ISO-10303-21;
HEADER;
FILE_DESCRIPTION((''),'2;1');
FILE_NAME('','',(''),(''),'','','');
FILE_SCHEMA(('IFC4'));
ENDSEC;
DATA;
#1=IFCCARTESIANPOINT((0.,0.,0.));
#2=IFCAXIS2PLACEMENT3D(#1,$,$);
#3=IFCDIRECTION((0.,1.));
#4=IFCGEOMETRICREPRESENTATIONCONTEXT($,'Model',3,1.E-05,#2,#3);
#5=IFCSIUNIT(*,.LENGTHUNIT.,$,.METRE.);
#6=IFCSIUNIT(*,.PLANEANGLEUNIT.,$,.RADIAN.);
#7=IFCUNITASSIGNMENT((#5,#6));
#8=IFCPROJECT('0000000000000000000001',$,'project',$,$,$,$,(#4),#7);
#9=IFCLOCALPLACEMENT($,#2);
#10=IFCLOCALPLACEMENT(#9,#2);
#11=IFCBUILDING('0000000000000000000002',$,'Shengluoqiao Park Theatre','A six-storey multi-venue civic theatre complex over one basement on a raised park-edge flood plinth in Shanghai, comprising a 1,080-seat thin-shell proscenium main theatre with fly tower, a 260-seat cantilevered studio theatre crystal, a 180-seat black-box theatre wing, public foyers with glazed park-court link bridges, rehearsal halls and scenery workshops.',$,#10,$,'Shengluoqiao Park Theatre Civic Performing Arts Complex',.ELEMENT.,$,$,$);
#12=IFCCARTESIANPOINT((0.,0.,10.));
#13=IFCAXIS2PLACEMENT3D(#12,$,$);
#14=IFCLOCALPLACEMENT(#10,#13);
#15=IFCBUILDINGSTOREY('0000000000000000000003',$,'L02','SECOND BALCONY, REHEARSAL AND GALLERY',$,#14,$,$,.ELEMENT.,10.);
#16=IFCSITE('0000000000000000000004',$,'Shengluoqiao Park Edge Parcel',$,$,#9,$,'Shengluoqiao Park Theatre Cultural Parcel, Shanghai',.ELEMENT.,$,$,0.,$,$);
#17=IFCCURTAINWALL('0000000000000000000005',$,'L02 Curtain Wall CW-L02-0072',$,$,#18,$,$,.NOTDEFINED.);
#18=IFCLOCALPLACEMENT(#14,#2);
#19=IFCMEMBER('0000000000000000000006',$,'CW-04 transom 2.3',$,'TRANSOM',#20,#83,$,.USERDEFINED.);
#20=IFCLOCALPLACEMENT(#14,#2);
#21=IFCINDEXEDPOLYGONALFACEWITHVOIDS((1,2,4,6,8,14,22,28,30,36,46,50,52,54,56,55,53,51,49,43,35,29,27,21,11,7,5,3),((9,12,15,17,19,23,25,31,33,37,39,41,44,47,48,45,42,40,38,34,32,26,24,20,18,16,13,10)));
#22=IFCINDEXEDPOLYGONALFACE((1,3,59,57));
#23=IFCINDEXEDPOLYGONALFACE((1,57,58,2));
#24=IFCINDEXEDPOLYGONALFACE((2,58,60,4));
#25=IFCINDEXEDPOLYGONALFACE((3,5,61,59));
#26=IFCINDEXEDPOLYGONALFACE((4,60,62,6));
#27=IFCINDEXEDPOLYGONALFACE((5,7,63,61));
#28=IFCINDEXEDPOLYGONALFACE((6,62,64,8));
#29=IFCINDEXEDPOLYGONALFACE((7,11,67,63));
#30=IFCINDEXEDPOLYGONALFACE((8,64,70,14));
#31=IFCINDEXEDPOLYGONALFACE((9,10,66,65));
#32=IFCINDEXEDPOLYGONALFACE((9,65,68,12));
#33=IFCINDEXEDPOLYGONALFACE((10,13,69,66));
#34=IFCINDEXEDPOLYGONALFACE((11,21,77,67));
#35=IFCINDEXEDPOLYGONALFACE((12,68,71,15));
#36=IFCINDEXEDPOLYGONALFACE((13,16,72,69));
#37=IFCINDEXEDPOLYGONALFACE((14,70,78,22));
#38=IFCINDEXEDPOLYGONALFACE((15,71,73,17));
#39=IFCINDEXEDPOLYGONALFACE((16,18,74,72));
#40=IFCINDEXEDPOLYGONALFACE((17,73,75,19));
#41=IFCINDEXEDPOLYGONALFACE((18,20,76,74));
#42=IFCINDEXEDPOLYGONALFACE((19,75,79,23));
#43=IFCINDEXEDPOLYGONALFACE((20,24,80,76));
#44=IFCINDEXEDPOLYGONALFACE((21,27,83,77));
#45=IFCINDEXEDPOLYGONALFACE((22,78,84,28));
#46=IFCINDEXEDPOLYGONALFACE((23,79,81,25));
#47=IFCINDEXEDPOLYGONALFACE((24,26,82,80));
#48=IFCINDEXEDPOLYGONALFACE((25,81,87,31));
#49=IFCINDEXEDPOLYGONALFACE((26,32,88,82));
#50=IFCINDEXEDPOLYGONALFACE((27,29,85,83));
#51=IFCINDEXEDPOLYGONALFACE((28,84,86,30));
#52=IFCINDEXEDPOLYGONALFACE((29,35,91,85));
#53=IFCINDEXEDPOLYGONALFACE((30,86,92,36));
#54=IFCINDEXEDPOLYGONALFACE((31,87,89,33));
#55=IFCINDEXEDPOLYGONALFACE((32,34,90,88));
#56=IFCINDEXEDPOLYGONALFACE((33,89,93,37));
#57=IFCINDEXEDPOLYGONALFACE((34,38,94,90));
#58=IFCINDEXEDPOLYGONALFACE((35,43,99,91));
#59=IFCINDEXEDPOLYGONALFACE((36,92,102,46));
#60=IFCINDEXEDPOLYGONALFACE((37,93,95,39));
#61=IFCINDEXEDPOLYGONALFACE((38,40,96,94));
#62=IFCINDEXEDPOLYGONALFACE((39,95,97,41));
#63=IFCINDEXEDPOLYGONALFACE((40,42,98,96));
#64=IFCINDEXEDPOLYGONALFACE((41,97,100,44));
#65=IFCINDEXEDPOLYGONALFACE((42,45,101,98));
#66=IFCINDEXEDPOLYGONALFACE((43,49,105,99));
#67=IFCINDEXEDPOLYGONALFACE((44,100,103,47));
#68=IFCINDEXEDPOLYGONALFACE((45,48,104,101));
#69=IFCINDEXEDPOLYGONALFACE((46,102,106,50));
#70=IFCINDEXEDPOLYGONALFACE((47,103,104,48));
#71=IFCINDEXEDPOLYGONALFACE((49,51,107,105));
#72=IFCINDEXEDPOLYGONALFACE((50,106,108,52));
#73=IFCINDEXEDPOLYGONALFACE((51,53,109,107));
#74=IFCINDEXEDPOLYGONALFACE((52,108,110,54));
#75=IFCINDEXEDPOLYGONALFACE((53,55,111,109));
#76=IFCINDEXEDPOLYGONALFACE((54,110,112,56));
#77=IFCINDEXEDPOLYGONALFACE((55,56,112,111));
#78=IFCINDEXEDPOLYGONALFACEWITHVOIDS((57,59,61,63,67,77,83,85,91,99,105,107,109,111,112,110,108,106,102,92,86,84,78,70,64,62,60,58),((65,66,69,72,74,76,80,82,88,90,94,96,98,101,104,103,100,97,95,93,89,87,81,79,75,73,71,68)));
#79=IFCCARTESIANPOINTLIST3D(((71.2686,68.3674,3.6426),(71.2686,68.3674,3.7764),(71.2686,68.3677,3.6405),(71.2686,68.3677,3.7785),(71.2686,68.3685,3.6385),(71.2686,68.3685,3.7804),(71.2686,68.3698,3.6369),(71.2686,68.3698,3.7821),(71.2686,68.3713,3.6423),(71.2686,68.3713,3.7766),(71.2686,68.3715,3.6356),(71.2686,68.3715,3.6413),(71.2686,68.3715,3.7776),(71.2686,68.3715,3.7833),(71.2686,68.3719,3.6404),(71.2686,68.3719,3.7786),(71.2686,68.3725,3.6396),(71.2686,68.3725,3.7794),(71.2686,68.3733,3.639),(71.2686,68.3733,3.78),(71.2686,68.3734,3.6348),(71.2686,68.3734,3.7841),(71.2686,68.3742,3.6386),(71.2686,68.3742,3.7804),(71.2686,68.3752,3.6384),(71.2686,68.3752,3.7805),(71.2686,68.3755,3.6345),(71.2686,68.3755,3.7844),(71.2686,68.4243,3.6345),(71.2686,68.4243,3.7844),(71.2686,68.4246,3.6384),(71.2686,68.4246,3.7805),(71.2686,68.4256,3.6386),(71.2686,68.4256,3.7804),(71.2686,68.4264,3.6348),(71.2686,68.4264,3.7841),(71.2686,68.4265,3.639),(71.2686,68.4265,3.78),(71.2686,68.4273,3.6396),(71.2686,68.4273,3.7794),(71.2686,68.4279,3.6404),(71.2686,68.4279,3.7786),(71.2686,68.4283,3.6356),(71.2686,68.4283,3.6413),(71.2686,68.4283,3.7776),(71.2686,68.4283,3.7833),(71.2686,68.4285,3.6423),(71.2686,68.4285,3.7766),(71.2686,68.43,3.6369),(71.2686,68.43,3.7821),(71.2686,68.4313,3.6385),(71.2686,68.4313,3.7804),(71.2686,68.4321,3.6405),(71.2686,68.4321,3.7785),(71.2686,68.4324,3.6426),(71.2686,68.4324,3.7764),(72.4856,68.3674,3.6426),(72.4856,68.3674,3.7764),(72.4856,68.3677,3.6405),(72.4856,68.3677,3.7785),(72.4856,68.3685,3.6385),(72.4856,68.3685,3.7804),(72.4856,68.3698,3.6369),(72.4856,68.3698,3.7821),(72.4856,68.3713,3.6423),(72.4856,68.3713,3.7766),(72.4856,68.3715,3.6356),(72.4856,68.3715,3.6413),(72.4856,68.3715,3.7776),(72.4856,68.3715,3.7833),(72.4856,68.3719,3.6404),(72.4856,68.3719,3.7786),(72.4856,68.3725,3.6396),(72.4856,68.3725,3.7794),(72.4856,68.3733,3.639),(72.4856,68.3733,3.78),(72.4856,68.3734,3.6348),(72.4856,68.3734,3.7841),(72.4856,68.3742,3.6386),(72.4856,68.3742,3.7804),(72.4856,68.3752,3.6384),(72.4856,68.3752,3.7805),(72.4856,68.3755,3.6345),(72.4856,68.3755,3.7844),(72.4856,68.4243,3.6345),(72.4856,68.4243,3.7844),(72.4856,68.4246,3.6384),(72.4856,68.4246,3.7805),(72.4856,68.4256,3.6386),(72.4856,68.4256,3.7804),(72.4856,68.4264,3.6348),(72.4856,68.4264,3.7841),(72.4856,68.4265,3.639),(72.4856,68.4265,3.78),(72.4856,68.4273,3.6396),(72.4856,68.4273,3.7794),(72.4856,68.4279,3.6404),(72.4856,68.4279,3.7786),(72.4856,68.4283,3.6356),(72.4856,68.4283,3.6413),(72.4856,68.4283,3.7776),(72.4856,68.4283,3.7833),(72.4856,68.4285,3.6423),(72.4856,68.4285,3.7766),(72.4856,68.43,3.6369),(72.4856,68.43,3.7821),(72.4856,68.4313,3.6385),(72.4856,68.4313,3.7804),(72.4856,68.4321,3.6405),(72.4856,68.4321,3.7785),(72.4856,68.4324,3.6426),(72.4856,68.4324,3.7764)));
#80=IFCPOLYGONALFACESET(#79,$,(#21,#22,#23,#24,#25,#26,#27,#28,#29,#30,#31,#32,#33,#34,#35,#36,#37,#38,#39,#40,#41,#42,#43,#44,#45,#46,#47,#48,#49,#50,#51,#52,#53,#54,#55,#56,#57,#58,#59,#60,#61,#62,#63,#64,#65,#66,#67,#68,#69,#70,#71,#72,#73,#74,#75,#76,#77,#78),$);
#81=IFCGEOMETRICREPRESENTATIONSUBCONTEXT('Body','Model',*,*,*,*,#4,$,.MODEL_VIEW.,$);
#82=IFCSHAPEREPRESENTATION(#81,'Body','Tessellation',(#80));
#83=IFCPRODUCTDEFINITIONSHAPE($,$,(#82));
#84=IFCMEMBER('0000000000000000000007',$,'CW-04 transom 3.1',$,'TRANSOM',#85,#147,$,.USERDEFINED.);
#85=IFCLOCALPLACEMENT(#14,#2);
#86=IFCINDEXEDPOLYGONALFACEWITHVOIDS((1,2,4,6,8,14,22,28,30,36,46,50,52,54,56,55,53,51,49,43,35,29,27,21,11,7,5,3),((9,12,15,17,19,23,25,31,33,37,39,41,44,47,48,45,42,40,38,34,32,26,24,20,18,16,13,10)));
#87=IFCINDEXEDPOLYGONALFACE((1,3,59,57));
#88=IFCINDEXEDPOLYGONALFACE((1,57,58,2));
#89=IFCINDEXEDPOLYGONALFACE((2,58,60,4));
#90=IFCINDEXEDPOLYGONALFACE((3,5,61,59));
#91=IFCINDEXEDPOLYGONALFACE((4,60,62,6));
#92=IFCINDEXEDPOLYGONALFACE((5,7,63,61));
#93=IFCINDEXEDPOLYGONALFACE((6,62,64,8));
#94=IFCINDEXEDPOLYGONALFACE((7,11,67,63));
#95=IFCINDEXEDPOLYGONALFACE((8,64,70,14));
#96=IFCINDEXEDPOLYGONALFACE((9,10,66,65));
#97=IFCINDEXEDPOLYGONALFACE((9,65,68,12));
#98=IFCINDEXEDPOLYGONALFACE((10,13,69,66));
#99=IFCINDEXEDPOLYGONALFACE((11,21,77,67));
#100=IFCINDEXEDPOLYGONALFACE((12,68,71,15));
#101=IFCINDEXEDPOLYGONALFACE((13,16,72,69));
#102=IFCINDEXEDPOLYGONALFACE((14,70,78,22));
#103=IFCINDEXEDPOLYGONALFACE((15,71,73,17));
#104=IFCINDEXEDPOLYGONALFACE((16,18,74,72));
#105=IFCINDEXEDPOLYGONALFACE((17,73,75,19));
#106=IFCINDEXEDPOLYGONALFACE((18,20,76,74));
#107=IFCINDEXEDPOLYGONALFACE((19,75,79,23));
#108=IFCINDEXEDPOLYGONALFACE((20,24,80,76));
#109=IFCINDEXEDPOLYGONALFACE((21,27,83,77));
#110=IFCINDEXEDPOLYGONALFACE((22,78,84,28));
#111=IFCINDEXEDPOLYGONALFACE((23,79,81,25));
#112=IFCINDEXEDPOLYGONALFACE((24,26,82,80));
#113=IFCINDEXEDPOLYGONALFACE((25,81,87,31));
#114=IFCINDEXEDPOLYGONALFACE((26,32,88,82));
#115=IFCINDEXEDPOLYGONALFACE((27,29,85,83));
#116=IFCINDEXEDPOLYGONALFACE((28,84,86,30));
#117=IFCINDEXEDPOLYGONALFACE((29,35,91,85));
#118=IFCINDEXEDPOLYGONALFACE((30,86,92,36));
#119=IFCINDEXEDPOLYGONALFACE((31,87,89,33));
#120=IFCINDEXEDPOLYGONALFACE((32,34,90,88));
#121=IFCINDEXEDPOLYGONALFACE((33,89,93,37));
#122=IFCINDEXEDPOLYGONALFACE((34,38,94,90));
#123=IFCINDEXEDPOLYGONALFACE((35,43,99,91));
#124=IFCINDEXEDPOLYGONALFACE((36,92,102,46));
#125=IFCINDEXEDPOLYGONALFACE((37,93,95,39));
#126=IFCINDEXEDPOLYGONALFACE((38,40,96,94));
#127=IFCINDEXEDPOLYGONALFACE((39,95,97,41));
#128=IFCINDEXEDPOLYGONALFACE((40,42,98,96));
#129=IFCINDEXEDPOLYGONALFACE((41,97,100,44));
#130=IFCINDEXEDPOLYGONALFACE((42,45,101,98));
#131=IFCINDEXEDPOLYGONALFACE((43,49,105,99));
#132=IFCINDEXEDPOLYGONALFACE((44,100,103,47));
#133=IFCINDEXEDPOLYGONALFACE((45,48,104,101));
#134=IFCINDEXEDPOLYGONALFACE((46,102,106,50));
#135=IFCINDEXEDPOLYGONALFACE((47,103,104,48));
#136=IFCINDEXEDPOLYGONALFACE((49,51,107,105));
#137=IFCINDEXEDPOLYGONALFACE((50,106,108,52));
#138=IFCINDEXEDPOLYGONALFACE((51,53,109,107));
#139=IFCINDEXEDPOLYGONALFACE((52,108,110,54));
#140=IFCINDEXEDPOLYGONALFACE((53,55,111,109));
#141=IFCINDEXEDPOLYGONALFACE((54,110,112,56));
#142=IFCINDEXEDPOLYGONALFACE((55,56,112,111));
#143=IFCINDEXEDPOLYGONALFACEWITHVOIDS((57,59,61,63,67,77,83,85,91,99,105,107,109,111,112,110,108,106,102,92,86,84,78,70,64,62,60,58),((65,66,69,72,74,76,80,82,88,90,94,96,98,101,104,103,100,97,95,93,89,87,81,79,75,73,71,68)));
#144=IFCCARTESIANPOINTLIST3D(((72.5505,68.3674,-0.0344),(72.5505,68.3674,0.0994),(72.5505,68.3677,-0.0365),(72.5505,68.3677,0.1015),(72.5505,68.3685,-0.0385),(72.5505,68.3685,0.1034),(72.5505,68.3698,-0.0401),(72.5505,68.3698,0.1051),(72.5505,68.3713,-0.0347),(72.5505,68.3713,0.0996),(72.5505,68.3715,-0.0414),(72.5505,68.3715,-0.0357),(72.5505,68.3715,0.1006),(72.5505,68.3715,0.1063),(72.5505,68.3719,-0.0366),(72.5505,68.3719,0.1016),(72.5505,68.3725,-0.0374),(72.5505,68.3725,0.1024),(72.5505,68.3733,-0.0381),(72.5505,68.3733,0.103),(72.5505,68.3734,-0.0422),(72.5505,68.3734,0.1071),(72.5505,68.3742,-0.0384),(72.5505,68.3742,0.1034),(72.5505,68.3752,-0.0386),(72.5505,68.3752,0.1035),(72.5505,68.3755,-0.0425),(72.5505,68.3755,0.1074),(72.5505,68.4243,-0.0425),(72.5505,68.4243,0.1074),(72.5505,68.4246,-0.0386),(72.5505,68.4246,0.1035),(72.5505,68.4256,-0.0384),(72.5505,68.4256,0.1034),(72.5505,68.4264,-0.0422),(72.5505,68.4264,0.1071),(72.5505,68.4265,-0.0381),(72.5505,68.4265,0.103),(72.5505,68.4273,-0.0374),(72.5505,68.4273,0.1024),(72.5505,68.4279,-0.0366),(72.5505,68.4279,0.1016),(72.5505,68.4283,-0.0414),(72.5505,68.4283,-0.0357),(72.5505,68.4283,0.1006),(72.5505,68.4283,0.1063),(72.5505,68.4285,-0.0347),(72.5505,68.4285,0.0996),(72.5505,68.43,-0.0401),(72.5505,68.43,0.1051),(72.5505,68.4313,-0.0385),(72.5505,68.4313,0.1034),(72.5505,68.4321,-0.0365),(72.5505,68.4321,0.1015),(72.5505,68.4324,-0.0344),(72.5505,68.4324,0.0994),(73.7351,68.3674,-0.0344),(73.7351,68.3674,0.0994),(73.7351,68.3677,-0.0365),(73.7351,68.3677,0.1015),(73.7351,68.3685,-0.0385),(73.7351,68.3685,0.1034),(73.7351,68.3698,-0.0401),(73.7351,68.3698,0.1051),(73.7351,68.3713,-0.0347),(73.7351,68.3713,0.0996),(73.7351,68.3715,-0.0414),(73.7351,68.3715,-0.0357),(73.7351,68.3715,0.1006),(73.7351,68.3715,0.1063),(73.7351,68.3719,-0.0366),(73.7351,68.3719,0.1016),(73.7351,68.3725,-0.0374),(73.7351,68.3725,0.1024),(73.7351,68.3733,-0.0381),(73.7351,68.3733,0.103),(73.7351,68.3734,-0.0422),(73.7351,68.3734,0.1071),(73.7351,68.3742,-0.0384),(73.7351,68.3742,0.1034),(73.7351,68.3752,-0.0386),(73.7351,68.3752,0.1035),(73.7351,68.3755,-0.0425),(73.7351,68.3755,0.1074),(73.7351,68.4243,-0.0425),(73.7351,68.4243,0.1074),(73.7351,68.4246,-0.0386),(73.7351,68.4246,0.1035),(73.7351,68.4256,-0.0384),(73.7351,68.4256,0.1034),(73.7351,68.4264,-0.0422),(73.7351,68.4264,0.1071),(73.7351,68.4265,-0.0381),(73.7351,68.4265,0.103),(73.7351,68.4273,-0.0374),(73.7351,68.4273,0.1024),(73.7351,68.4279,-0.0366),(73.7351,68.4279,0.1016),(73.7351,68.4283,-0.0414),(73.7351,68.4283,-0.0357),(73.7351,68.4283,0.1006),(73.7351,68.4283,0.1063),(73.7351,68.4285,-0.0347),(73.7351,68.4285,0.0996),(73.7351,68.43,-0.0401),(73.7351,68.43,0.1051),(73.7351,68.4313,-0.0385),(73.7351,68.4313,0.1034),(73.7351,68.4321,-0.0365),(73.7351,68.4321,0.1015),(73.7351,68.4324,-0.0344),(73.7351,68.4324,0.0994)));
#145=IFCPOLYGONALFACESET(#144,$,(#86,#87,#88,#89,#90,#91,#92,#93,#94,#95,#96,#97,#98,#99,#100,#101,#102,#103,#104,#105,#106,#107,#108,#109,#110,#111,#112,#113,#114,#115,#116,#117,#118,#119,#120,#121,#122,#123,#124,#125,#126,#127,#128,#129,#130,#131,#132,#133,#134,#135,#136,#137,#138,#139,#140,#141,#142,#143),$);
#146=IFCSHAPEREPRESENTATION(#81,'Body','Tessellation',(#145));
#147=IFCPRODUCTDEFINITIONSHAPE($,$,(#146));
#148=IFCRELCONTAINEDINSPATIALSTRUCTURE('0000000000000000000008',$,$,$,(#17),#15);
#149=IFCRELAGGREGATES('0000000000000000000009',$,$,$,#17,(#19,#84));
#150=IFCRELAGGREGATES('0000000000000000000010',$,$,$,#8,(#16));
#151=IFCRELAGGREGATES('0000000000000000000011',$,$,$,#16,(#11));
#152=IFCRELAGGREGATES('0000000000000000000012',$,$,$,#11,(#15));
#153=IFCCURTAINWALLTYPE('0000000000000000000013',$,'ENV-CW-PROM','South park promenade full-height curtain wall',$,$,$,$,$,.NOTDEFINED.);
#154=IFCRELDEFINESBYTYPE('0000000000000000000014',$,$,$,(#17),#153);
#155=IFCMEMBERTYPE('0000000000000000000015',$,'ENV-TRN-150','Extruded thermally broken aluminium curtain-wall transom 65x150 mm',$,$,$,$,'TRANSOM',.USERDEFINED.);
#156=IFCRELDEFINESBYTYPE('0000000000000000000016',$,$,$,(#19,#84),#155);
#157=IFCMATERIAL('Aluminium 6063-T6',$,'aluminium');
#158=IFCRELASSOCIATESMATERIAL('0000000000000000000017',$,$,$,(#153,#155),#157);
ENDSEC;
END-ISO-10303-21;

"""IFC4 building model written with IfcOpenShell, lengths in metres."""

from ifc_helpers import new_model, si_unit, direction, frame, origin, origin_2d, place, context, subcontext, project, spatial, hollow_rectangle, extrude, material, material_profile, profile_set, type_object, element, aggregate, save


model = new_model("IFC4")

# Units and contexts
model_context = context("Model", 3, precision=1e-05, world=origin(), true_north=direction((0.0, 1.0)))
body_context = subcontext(model_context, "Body", "Model", "MODEL_VIEW")
ifc_project = project(units=[si_unit("LENGTHUNIT", "METRE"), si_unit("PLANEANGLEUNIT", "RADIAN")], contexts=[model_context])

# Site, building, storey
site_placement = place(None, origin())
site = spatial("IfcSite", under=ifc_project, at=site_placement, Name="Shengluoqiao Park Edge Parcel", LongName="Shengluoqiao Park Theatre Cultural Parcel, Shanghai", CompositionType="ELEMENT", RefElevation=0.0)
building_placement = place(site_placement, origin())
building = spatial("IfcBuilding", under=site, at=building_placement, Name="Shengluoqiao Park Theatre", Description="A six-storey multi-venue civic theatre complex over one basement on a raised park-edge flood plinth in Shanghai, comprising a 1,080-seat thin-shell proscenium main theatre with fly tower, a 260-seat cantilevered studio theatre crystal, a 180-seat black-box theatre wing, public foyers with glazed park-court link bridges, rehearsal halls and scenery workshops.", LongName="Shengluoqiao Park Theatre Civic Performing Arts Complex", CompositionType="ELEMENT")
storey_placement = place(building_placement, frame((0.0, 0.0, 10.0)))
storey = spatial("IfcBuildingStorey", under=building, at=storey_placement, Name="L02", Description="SECOND BALCONY, REHEARSAL AND GALLERY", CompositionType="ELEMENT", Elevation=10.0)

# Shared definitions
ifc_material_1 = material(Name="Aluminium 6063-T6", Category="aluminium")
curtain_wall_type = type_object("IfcCurtainWallType", Name="ENV-CW-PROM", Description="South park promenade full-height curtain wall", PredefinedType="NOTDEFINED", material=ifc_material_1)

# Curtain wall
curtain_wall_1_placement = place(storey_placement, origin())
curtain_wall_1 = element("IfcCurtainWall", 1, at=curtain_wall_1_placement, inside=storey, type_object=curtain_wall_type, Name="L02 Curtain Wall CW-L02-0072", PredefinedType="NOTDEFINED")

# Members
ifc_material_profile_1 = material_profile(ifc_material_1, hollow_rectangle(XDim=0.0649, YDim=0.1499, WallThickness=0.0039, InnerFilletRadius=0.0039, OuterFilletRadius=0.0081, at=origin_2d()), Name="ALU TRANSOM 150x65x4")
ifc_profile_set_1 = profile_set([ifc_material_profile_1], Name="Aluminium 6063-T6")
member_type_1 = type_object("IfcMemberType", Name="ENV-TRN-150", Description="Extruded thermally broken aluminium curtain-wall transom 65x150 mm", ElementType="TRANSOM", PredefinedType="USERDEFINED", material=ifc_profile_set_1)
member_1_placement = place(storey_placement, frame((71.2686, 68.3999, 3.7095), z_axis=(1.0, 0.0, 0.0), x_axis=(0.0, 1.0, 0.0)))
member_1 = element("IfcMember", 2, at=member_1_placement, type_object=member_type_1, Name="CW-04 transom 2.3", ObjectType="TRANSOM", PredefinedType="USERDEFINED", context=body_context, shape_type="SweptSolid", body=[
    extrude(hollow_rectangle(XDim=0.0649, YDim=0.1499, WallThickness=0.0039, InnerFilletRadius=0.0039, OuterFilletRadius=0.0081, at=origin_2d()), origin(), (0.0, 0.0, 1.0), 1.217),
])
member_2_placement = place(storey_placement, frame((72.5505, 68.3999, 0.0325), z_axis=(1.0, 0.0, 0.0), x_axis=(0.0, 1.0, 0.0)))
member_2 = element("IfcMember", 3, at=member_2_placement, type_object=member_type_1, Name="CW-04 transom 3.1", ObjectType="TRANSOM", PredefinedType="USERDEFINED", context=body_context, shape_type="SweptSolid", body=[
    extrude(hollow_rectangle(XDim=0.0649, YDim=0.1499, WallThickness=0.0039, InnerFilletRadius=0.0039, OuterFilletRadius=0.0081, at=origin_2d()), origin(), (0.0, 0.0, 1.0), 1.1846),
])

aggregate(curtain_wall_1, [member_1, member_2])

save(model, "model.ifc")
